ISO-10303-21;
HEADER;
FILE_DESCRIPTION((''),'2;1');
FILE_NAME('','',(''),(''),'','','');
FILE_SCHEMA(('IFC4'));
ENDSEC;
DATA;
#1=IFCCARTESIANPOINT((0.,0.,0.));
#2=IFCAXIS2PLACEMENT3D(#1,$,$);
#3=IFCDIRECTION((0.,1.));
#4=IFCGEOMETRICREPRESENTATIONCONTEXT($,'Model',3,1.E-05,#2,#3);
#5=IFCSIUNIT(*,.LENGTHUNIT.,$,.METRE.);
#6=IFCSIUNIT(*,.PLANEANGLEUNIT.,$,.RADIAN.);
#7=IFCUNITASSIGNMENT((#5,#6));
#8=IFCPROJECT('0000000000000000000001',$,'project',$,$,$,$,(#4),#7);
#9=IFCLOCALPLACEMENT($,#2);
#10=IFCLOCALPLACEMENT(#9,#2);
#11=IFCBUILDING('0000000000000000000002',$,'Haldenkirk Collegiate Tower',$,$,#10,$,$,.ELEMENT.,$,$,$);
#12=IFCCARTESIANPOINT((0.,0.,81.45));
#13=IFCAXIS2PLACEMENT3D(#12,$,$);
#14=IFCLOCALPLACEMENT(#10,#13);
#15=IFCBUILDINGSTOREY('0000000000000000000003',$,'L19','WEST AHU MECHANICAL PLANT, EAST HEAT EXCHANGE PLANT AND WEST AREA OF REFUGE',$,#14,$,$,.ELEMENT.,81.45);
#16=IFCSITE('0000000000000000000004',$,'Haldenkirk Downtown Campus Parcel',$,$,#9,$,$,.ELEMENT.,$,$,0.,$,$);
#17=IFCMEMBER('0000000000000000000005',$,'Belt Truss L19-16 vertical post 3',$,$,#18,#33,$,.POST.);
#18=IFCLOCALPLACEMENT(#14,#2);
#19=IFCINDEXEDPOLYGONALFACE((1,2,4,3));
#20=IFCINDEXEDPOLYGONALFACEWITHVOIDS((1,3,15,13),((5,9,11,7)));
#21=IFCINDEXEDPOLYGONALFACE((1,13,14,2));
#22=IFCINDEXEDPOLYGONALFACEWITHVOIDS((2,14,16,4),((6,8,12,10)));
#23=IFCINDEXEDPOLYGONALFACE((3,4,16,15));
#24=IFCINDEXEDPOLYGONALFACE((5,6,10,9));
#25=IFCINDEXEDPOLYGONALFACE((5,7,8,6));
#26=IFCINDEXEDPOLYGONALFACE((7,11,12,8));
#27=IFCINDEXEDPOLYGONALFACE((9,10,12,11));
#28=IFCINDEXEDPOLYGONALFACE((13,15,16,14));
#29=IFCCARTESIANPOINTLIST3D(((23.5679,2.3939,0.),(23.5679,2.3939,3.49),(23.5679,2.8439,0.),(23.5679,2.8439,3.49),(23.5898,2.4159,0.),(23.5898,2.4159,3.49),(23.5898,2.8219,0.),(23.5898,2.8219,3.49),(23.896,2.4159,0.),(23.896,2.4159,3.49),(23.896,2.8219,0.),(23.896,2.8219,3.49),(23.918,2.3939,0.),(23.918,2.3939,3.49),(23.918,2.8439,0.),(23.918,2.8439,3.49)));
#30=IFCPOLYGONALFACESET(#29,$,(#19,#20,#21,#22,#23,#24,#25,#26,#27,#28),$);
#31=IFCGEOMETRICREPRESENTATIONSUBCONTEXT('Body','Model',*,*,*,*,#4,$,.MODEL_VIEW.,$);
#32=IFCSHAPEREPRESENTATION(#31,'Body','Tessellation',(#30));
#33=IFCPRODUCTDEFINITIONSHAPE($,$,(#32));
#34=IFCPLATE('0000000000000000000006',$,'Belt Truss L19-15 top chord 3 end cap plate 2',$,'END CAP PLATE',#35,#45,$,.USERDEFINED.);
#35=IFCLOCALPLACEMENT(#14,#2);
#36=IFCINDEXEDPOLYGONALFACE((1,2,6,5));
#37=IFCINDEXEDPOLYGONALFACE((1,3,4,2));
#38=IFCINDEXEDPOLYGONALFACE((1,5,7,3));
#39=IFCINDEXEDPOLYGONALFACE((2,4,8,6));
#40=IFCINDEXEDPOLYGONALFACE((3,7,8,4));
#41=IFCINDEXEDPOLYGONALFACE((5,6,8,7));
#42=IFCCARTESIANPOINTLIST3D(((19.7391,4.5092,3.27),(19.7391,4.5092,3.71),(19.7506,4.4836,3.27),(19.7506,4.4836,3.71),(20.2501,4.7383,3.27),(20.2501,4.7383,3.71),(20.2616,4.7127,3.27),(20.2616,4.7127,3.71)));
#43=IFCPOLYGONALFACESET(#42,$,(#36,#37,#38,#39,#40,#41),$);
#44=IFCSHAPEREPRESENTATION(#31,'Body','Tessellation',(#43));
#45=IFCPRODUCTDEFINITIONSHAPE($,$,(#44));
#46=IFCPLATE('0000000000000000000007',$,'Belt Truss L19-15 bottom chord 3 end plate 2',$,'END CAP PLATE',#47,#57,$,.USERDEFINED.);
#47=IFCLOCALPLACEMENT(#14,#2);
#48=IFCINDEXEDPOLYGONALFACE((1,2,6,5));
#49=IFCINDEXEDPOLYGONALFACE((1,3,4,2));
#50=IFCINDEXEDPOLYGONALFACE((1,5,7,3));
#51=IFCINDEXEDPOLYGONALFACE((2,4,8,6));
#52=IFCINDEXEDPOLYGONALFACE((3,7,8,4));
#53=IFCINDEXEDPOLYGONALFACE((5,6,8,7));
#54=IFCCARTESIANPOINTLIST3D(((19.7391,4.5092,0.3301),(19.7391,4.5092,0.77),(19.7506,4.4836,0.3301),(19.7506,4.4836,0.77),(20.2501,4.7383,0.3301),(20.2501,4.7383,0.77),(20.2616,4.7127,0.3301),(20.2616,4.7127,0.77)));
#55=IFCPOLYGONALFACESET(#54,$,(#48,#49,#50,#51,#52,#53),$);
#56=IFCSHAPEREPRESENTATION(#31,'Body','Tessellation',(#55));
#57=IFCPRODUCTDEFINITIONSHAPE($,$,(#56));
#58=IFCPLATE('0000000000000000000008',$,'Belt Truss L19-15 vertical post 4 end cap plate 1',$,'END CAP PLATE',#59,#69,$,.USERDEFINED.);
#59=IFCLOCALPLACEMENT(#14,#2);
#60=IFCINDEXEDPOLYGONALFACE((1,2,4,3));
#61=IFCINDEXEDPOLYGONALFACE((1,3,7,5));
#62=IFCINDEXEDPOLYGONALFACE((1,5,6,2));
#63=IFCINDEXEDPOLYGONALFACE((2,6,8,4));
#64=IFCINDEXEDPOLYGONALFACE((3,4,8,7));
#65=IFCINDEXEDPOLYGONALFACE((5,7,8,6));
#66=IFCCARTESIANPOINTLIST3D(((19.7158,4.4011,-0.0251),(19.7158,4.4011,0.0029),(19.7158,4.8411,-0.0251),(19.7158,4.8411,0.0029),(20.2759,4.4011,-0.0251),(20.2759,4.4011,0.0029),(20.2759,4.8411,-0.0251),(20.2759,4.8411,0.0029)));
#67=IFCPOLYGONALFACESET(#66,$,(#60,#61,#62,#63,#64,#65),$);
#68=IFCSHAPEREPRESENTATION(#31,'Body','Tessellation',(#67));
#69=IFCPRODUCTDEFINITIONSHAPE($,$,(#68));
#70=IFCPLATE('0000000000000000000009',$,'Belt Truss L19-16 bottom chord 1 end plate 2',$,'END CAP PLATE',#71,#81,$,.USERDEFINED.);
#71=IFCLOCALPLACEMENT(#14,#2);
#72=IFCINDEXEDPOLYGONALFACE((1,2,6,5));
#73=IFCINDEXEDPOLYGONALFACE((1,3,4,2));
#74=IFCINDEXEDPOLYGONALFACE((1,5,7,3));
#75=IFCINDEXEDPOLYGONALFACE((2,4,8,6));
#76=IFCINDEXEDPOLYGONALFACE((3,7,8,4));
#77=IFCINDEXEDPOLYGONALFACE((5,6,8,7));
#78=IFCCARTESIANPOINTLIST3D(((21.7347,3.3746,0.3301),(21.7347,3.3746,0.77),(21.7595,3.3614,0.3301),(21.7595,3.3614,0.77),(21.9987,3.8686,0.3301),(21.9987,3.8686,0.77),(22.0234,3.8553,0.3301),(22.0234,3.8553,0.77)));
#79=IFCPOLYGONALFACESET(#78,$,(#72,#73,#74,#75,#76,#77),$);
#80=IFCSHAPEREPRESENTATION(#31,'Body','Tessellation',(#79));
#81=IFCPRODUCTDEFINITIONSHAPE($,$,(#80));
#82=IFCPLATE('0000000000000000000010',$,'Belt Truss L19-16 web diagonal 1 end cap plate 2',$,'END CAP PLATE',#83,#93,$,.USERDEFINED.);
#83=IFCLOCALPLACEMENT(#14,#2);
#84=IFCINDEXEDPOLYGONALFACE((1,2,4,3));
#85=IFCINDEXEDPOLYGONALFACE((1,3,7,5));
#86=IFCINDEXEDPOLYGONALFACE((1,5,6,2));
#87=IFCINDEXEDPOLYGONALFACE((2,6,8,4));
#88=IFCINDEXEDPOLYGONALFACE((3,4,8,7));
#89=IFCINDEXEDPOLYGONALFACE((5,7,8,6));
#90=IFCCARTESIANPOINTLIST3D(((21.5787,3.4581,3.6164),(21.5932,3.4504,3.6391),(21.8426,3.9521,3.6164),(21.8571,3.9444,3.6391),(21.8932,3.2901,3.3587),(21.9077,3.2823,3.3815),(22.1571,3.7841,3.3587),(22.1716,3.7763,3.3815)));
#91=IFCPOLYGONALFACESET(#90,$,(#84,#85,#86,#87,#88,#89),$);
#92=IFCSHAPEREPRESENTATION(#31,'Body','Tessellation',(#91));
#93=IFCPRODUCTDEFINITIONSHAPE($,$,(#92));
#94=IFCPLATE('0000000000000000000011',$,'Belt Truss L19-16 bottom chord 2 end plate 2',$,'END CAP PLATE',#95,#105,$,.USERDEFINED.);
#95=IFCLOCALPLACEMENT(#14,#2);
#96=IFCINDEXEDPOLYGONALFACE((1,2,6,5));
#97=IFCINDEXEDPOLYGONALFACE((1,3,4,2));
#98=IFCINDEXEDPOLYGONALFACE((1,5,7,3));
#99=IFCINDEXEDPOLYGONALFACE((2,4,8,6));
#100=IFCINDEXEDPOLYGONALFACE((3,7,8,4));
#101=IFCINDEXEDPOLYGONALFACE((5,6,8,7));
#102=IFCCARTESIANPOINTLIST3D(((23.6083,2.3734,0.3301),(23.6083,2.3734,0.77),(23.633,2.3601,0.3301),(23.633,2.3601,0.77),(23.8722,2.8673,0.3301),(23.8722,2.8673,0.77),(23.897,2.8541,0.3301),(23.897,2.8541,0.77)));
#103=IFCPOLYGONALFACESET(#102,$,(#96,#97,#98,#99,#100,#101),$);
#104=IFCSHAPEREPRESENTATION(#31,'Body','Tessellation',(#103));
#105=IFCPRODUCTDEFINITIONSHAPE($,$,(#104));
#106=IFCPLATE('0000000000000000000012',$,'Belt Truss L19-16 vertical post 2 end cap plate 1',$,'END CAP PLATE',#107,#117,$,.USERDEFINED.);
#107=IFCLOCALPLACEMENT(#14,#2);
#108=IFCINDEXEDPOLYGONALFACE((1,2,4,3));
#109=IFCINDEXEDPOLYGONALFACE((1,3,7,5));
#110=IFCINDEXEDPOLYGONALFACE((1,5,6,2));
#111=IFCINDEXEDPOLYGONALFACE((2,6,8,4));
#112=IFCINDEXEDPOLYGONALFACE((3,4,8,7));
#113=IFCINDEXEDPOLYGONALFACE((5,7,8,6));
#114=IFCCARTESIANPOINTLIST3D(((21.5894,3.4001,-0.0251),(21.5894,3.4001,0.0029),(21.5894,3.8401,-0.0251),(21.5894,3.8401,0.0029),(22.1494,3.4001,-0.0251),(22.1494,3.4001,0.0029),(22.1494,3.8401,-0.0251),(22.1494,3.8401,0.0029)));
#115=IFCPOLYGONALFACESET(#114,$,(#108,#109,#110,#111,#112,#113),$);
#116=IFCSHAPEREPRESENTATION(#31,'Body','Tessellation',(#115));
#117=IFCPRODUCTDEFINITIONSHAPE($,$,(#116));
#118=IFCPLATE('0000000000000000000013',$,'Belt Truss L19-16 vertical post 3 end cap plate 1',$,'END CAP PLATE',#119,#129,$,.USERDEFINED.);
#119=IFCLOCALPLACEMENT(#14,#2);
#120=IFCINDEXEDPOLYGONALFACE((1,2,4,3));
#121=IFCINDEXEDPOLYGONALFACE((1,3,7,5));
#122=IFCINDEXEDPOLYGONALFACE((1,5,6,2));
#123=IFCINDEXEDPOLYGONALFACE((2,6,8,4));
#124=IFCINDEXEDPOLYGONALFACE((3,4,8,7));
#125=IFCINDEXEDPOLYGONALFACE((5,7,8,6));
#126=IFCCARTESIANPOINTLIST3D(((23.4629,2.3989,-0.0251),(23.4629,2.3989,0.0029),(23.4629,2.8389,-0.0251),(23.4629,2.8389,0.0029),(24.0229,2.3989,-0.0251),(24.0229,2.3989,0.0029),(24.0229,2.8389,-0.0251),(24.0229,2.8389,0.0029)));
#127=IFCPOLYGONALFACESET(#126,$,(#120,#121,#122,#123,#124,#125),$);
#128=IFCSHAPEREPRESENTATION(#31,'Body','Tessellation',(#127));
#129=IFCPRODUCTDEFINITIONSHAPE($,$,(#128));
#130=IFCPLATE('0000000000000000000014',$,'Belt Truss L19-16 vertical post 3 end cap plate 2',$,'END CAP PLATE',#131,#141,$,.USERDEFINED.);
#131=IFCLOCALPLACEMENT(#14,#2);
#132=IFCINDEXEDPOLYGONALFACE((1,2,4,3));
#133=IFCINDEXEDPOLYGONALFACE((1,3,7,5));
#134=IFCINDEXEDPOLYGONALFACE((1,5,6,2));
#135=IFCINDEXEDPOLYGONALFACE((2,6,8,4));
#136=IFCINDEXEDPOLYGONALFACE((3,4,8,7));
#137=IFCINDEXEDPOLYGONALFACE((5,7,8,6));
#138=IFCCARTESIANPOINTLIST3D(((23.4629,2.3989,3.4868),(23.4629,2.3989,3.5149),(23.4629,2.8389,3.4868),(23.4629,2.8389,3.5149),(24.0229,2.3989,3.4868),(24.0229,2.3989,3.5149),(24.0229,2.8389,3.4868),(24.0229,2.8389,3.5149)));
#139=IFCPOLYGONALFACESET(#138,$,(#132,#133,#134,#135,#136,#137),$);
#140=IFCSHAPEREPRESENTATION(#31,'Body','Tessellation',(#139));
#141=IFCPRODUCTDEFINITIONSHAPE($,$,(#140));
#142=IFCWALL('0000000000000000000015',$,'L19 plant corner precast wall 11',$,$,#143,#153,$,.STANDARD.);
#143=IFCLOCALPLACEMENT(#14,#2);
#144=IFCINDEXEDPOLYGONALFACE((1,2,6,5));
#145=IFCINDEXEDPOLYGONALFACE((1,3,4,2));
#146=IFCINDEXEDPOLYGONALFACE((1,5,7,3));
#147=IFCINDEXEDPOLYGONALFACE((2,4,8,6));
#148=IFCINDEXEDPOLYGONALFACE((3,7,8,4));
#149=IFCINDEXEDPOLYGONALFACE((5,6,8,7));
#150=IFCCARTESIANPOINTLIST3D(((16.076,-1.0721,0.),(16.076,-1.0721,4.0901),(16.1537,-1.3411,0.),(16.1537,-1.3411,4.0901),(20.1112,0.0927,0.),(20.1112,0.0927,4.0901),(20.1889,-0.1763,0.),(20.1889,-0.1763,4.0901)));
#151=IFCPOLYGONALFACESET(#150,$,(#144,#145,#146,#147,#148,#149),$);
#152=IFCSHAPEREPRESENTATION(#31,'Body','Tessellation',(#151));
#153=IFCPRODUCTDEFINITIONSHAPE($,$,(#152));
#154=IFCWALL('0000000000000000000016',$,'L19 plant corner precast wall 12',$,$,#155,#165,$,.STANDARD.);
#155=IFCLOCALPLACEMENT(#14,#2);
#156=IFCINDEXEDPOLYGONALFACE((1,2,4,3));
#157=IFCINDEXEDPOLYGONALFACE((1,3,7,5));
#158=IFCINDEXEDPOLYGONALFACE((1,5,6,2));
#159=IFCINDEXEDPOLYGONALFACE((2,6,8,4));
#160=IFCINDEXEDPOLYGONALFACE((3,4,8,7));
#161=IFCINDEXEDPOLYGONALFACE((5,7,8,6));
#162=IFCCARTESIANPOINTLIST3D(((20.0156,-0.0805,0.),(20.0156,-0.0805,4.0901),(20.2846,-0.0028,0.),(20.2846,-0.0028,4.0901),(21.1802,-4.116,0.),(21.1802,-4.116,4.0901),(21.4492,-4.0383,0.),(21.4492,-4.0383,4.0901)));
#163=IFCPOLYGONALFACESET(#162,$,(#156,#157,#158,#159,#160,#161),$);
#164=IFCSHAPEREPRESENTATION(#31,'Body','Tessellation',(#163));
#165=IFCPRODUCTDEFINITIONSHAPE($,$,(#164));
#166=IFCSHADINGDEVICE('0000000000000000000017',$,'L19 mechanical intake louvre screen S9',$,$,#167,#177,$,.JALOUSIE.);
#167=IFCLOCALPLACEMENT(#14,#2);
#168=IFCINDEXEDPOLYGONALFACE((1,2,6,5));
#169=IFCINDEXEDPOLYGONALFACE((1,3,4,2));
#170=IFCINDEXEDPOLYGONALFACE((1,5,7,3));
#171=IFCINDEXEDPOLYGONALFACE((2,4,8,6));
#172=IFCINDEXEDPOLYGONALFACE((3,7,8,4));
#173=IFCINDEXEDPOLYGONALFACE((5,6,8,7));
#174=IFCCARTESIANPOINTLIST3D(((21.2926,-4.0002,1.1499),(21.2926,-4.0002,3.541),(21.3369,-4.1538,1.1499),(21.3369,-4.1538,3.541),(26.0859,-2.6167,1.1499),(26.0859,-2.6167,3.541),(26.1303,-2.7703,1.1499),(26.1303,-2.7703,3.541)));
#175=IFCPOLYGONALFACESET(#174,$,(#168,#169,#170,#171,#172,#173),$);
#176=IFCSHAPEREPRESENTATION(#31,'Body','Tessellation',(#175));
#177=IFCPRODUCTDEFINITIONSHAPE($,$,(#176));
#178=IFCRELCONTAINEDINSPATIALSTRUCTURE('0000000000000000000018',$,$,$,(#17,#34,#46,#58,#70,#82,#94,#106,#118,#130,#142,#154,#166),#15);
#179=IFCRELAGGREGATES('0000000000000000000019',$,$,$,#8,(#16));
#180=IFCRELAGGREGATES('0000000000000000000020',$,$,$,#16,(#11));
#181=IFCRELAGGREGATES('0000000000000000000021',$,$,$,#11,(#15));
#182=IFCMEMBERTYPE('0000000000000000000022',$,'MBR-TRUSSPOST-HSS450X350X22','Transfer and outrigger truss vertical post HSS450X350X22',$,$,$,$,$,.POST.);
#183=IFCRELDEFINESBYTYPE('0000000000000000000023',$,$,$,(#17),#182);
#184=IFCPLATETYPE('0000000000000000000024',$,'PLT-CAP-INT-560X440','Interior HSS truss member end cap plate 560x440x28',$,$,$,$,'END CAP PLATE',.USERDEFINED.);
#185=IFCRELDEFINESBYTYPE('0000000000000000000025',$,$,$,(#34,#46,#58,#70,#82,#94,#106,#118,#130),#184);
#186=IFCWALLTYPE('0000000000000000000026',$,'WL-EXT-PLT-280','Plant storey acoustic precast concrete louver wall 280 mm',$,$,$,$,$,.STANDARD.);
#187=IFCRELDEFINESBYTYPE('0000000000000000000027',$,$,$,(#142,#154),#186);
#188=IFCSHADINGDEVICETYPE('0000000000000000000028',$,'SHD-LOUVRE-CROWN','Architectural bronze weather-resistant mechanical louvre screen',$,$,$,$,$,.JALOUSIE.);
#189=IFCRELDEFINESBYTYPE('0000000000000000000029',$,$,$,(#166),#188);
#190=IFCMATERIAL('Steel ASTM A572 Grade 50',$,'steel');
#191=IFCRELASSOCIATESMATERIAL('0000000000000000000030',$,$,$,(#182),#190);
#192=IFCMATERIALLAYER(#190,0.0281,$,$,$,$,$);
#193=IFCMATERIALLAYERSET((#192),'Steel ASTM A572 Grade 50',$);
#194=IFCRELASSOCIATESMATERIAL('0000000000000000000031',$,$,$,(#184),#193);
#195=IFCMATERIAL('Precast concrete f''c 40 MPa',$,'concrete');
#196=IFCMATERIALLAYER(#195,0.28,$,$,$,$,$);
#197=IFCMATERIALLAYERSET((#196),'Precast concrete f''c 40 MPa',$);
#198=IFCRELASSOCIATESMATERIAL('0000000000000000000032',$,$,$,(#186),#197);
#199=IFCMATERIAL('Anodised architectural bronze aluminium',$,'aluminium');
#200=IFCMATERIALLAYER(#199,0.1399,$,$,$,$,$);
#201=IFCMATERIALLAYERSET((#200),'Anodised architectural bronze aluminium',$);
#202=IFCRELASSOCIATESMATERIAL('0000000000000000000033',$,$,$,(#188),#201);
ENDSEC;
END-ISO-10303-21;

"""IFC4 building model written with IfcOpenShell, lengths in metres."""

from ifc_helpers import new_model, si_unit, direction, frame, frame_2d, origin, origin_2d, place, context, subcontext, project, spatial, rectangle, hollow_rectangle, extrude, source, transform, mapped, material, layer, layer_set, material_profile, profile_set, type_object, element, save


model = new_model("IFC4")

# Units and contexts
model_context = context("Model", 3, precision=1e-05, world=origin(), true_north=direction((0.0, 1.0)))
body_context = subcontext(model_context, "Body", "Model", "MODEL_VIEW")
ifc_project = project(units=[si_unit("LENGTHUNIT", "METRE"), si_unit("PLANEANGLEUNIT", "RADIAN")], contexts=[model_context])

# Site, building, storey
site_placement = place(None, origin())
site = spatial("IfcSite", under=ifc_project, at=site_placement, Name="Haldenkirk Downtown Campus Parcel", CompositionType="ELEMENT", RefElevation=0.0)
building_placement = place(site_placement, origin())
building = spatial("IfcBuilding", under=site, at=building_placement, Name="Haldenkirk Collegiate Tower", CompositionType="ELEMENT")
storey_placement = place(building_placement, frame((0.0, 0.0, 81.45)))
storey = spatial("IfcBuildingStorey", under=building, at=storey_placement, Name="L19", Description="WEST AHU MECHANICAL PLANT, EAST HEAT EXCHANGE PLANT AND WEST AREA OF REFUGE", CompositionType="ELEMENT", Elevation=81.45)

# Member
ifc_material_1 = material(Name="Steel ASTM A572 Grade 50", Category="steel")
ifc_material_profile_1 = material_profile(ifc_material_1, hollow_rectangle(XDim=0.3501, YDim=0.45, WallThickness=0.022, at=origin_2d()), Name="HSS450X350X22")
ifc_profile_set_1 = profile_set([ifc_material_profile_1], Name="Steel ASTM A572 Grade 50")
member_type_1 = type_object("IfcMemberType", Name="MBR-TRUSSPOST-HSS450X350X22", Description="Transfer and outrigger truss vertical post HSS450X350X22", PredefinedType="POST", material=ifc_profile_set_1)
for number, where, z_axis, x_axis, name in (
    (1, (23.7429, 2.6189, 0.0), (0.0, 0.0, 1.0), (1.0, 0.0, 0.0), "Belt Truss L19-16 vertical post 3"),
):
    element("IfcMember", number, at=place(storey_placement, frame(where, z_axis=z_axis, x_axis=x_axis)), inside=storey, type_object=member_type_1, Name=name, PredefinedType="POST", context=body_context, shape_type="SweptSolid", body=[
        extrude(hollow_rectangle(XDim=0.3501, YDim=0.45, WallThickness=0.022, at=origin_2d()), origin(), (0.0, 0.0, 1.0), 3.49),
    ])

# Plates
ifc_layer_1 = layer(ifc_material_1, 0.0281)
ifc_layer_set_1 = layer_set([ifc_layer_1], Name="Steel ASTM A572 Grade 50")
plate_type = type_object("IfcPlateType", Name="PLT-CAP-INT-560X440", Description="Interior HSS truss member end cap plate 560x440x28", ElementType="END CAP PLATE", PredefinedType="USERDEFINED", material=ifc_layer_set_1)
shared_shape_1 = source(origin(), body_context, "Body", "SweptSolid", [
    extrude(rectangle(XDim=0.5601, YDim=0.4399, at=origin_2d()), origin(), (0.0, 0.0, 1.0), 0.0281),
])
for number, where, z_axis, x_axis, name in (
    (2, (19.9946, 4.6238, 3.49), (0.409134, -0.912474, 0.0), (0.912474, 0.409134, 0.0), "Belt Truss L19-15 top chord 3 end cap plate 2"),
    (3, (19.9946, 4.6238, 0.55), (0.409127, -0.912477, 0.0), (0.912477, 0.409127, 0.0), "Belt Truss L19-15 bottom chord 3 end plate 2"),
    (4, (19.9958, 4.6211, 0.0029), (0.0, 0.0, -1.0), (1.0, 0.0, 0.0), "Belt Truss L19-15 vertical post 4 end cap plate 1"),
    (5, (21.8667, 3.6216, 0.55), (0.881988, -0.471271, 0.0), (0.471271, 0.881988, 0.0), "Belt Truss L19-16 bottom chord 1 end plate 2"),
    (6, (21.8679, 3.6211, 3.4875), (0.51655, -0.276002, 0.810555), (0.471265, 0.881992, 0.0), "Belt Truss L19-16 web diagonal 1 end cap plate 2"),
    (7, (23.7402, 2.6204, 0.55), (0.881988, -0.471271, 0.0), (0.471271, 0.881988, 0.0), "Belt Truss L19-16 bottom chord 2 end plate 2"),
    (8, (21.8694, 3.6201, 0.0029), (0.0, 0.0, -1.0), (1.0, 0.0, 0.0), "Belt Truss L19-16 vertical post 2 end cap plate 1"),
    (9, (23.7429, 2.6189, 0.0029), (0.0, 0.0, -1.0), (1.0, 0.0, 0.0), "Belt Truss L19-16 vertical post 3 end cap plate 1"),
    (10, (23.7429, 2.6189, 3.4868), (0.0, 0.0, 1.0), (1.0, 0.0, 0.0), "Belt Truss L19-16 vertical post 3 end cap plate 2"),
):
    element("IfcPlate", number, at=place(storey_placement, frame(where, z_axis=z_axis, x_axis=x_axis)), inside=storey, type_object=plate_type, Name=name, ObjectType="END CAP PLATE", PredefinedType="USERDEFINED", context=body_context, shape_type="MappedRepresentation", body=[
        mapped(shared_shape_1, transform((0.0, 0.0, 0.0), x_axis=(1.0, 0.0, 0.0), y_axis=(0.0, 1.0, 0.0), z_axis=(0.0, 0.0, 1.0), scale=1.0)),
    ])

# Walls
ifc_material_2 = material(Name="Precast concrete f'c 40 MPa", Category="concrete")
ifc_layer_2 = layer(ifc_material_2, 0.28)
ifc_layer_set_2 = layer_set([ifc_layer_2], Name="Precast concrete f'c 40 MPa")
wall_type = type_object("IfcWallType", Name="WL-EXT-PLT-280", Description="Plant storey acoustic precast concrete louver wall 280 mm", PredefinedType="STANDARD", material=ifc_layer_set_2)
wall_1_placement = place(storey_placement, frame((20.1501, -0.0417, 0.0), z_axis=(0.0, 0.0, 1.0), x_axis=(-0.960772, -0.277338, 0.0)))
element("IfcWall", 11, at=wall_1_placement, inside=storey, type_object=wall_type, Name="L19 plant corner precast wall 11", PredefinedType="STANDARD", context=body_context, shape_type="SweptSolid", body=[
    extrude(rectangle(XDim=4.2, YDim=0.28, at=frame_2d((2.1001, 0.0))), origin(), (0.0, 0.0, 1.0), 4.0901),
])
wall_2_placement = place(storey_placement, frame((21.3147, -4.0771, 0.0), z_axis=(0.0, 0.0, 1.0), x_axis=(-0.277269, 0.960792, 0.0)))
element("IfcWall", 12, at=wall_2_placement, inside=storey, type_object=wall_type, Name="L19 plant corner precast wall 12", PredefinedType="STANDARD", context=body_context, shape_type="SweptSolid", body=[
    extrude(rectangle(XDim=4.2002, YDim=0.28, at=frame_2d((2.1001, 0.0))), origin(), (0.0, 0.0, 1.0), 4.0901),
])

# Shading device
ifc_material_3 = material(Name="Anodised architectural bronze aluminium", Category="aluminium")
ifc_layer_3 = layer(ifc_material_3, 0.1399)
ifc_layer_set_3 = layer_set([ifc_layer_3], Name="Anodised architectural bronze aluminium")
shading_device_type = type_object("IfcShadingDeviceType", Name="SHD-LOUVRE-CROWN", Description="Architectural bronze weather-resistant mechanical louvre screen", PredefinedType="JALOUSIE", material=ifc_layer_set_3)
shared_shape_2 = source(origin(), body_context, "Body", "SweptSolid", [
    extrude(rectangle(XDim=4.989, YDim=0.1599, at=origin_2d()), origin(), (0.0, 0.0, 1.0), 2.3911),
])
shading_device_placement = place(storey_placement, frame((23.7114, -3.3853, 1.1499), z_axis=(0.0, 0.0, 1.0), x_axis=(-0.960779, -0.277315, 0.0)))
element("IfcShadingDevice", 13, at=shading_device_placement, inside=storey, type_object=shading_device_type, Name="L19 mechanical intake louvre screen S9", PredefinedType="JALOUSIE", context=body_context, shape_type="MappedRepresentation", body=[
    mapped(shared_shape_2, transform((0.0, 0.0, 0.0), x_axis=(1.0, 0.0, 0.0), y_axis=(0.0, 1.0, 0.0), z_axis=(0.0, 0.0, 1.0), scale=1.0)),
])

save(model, "model.ifc")
